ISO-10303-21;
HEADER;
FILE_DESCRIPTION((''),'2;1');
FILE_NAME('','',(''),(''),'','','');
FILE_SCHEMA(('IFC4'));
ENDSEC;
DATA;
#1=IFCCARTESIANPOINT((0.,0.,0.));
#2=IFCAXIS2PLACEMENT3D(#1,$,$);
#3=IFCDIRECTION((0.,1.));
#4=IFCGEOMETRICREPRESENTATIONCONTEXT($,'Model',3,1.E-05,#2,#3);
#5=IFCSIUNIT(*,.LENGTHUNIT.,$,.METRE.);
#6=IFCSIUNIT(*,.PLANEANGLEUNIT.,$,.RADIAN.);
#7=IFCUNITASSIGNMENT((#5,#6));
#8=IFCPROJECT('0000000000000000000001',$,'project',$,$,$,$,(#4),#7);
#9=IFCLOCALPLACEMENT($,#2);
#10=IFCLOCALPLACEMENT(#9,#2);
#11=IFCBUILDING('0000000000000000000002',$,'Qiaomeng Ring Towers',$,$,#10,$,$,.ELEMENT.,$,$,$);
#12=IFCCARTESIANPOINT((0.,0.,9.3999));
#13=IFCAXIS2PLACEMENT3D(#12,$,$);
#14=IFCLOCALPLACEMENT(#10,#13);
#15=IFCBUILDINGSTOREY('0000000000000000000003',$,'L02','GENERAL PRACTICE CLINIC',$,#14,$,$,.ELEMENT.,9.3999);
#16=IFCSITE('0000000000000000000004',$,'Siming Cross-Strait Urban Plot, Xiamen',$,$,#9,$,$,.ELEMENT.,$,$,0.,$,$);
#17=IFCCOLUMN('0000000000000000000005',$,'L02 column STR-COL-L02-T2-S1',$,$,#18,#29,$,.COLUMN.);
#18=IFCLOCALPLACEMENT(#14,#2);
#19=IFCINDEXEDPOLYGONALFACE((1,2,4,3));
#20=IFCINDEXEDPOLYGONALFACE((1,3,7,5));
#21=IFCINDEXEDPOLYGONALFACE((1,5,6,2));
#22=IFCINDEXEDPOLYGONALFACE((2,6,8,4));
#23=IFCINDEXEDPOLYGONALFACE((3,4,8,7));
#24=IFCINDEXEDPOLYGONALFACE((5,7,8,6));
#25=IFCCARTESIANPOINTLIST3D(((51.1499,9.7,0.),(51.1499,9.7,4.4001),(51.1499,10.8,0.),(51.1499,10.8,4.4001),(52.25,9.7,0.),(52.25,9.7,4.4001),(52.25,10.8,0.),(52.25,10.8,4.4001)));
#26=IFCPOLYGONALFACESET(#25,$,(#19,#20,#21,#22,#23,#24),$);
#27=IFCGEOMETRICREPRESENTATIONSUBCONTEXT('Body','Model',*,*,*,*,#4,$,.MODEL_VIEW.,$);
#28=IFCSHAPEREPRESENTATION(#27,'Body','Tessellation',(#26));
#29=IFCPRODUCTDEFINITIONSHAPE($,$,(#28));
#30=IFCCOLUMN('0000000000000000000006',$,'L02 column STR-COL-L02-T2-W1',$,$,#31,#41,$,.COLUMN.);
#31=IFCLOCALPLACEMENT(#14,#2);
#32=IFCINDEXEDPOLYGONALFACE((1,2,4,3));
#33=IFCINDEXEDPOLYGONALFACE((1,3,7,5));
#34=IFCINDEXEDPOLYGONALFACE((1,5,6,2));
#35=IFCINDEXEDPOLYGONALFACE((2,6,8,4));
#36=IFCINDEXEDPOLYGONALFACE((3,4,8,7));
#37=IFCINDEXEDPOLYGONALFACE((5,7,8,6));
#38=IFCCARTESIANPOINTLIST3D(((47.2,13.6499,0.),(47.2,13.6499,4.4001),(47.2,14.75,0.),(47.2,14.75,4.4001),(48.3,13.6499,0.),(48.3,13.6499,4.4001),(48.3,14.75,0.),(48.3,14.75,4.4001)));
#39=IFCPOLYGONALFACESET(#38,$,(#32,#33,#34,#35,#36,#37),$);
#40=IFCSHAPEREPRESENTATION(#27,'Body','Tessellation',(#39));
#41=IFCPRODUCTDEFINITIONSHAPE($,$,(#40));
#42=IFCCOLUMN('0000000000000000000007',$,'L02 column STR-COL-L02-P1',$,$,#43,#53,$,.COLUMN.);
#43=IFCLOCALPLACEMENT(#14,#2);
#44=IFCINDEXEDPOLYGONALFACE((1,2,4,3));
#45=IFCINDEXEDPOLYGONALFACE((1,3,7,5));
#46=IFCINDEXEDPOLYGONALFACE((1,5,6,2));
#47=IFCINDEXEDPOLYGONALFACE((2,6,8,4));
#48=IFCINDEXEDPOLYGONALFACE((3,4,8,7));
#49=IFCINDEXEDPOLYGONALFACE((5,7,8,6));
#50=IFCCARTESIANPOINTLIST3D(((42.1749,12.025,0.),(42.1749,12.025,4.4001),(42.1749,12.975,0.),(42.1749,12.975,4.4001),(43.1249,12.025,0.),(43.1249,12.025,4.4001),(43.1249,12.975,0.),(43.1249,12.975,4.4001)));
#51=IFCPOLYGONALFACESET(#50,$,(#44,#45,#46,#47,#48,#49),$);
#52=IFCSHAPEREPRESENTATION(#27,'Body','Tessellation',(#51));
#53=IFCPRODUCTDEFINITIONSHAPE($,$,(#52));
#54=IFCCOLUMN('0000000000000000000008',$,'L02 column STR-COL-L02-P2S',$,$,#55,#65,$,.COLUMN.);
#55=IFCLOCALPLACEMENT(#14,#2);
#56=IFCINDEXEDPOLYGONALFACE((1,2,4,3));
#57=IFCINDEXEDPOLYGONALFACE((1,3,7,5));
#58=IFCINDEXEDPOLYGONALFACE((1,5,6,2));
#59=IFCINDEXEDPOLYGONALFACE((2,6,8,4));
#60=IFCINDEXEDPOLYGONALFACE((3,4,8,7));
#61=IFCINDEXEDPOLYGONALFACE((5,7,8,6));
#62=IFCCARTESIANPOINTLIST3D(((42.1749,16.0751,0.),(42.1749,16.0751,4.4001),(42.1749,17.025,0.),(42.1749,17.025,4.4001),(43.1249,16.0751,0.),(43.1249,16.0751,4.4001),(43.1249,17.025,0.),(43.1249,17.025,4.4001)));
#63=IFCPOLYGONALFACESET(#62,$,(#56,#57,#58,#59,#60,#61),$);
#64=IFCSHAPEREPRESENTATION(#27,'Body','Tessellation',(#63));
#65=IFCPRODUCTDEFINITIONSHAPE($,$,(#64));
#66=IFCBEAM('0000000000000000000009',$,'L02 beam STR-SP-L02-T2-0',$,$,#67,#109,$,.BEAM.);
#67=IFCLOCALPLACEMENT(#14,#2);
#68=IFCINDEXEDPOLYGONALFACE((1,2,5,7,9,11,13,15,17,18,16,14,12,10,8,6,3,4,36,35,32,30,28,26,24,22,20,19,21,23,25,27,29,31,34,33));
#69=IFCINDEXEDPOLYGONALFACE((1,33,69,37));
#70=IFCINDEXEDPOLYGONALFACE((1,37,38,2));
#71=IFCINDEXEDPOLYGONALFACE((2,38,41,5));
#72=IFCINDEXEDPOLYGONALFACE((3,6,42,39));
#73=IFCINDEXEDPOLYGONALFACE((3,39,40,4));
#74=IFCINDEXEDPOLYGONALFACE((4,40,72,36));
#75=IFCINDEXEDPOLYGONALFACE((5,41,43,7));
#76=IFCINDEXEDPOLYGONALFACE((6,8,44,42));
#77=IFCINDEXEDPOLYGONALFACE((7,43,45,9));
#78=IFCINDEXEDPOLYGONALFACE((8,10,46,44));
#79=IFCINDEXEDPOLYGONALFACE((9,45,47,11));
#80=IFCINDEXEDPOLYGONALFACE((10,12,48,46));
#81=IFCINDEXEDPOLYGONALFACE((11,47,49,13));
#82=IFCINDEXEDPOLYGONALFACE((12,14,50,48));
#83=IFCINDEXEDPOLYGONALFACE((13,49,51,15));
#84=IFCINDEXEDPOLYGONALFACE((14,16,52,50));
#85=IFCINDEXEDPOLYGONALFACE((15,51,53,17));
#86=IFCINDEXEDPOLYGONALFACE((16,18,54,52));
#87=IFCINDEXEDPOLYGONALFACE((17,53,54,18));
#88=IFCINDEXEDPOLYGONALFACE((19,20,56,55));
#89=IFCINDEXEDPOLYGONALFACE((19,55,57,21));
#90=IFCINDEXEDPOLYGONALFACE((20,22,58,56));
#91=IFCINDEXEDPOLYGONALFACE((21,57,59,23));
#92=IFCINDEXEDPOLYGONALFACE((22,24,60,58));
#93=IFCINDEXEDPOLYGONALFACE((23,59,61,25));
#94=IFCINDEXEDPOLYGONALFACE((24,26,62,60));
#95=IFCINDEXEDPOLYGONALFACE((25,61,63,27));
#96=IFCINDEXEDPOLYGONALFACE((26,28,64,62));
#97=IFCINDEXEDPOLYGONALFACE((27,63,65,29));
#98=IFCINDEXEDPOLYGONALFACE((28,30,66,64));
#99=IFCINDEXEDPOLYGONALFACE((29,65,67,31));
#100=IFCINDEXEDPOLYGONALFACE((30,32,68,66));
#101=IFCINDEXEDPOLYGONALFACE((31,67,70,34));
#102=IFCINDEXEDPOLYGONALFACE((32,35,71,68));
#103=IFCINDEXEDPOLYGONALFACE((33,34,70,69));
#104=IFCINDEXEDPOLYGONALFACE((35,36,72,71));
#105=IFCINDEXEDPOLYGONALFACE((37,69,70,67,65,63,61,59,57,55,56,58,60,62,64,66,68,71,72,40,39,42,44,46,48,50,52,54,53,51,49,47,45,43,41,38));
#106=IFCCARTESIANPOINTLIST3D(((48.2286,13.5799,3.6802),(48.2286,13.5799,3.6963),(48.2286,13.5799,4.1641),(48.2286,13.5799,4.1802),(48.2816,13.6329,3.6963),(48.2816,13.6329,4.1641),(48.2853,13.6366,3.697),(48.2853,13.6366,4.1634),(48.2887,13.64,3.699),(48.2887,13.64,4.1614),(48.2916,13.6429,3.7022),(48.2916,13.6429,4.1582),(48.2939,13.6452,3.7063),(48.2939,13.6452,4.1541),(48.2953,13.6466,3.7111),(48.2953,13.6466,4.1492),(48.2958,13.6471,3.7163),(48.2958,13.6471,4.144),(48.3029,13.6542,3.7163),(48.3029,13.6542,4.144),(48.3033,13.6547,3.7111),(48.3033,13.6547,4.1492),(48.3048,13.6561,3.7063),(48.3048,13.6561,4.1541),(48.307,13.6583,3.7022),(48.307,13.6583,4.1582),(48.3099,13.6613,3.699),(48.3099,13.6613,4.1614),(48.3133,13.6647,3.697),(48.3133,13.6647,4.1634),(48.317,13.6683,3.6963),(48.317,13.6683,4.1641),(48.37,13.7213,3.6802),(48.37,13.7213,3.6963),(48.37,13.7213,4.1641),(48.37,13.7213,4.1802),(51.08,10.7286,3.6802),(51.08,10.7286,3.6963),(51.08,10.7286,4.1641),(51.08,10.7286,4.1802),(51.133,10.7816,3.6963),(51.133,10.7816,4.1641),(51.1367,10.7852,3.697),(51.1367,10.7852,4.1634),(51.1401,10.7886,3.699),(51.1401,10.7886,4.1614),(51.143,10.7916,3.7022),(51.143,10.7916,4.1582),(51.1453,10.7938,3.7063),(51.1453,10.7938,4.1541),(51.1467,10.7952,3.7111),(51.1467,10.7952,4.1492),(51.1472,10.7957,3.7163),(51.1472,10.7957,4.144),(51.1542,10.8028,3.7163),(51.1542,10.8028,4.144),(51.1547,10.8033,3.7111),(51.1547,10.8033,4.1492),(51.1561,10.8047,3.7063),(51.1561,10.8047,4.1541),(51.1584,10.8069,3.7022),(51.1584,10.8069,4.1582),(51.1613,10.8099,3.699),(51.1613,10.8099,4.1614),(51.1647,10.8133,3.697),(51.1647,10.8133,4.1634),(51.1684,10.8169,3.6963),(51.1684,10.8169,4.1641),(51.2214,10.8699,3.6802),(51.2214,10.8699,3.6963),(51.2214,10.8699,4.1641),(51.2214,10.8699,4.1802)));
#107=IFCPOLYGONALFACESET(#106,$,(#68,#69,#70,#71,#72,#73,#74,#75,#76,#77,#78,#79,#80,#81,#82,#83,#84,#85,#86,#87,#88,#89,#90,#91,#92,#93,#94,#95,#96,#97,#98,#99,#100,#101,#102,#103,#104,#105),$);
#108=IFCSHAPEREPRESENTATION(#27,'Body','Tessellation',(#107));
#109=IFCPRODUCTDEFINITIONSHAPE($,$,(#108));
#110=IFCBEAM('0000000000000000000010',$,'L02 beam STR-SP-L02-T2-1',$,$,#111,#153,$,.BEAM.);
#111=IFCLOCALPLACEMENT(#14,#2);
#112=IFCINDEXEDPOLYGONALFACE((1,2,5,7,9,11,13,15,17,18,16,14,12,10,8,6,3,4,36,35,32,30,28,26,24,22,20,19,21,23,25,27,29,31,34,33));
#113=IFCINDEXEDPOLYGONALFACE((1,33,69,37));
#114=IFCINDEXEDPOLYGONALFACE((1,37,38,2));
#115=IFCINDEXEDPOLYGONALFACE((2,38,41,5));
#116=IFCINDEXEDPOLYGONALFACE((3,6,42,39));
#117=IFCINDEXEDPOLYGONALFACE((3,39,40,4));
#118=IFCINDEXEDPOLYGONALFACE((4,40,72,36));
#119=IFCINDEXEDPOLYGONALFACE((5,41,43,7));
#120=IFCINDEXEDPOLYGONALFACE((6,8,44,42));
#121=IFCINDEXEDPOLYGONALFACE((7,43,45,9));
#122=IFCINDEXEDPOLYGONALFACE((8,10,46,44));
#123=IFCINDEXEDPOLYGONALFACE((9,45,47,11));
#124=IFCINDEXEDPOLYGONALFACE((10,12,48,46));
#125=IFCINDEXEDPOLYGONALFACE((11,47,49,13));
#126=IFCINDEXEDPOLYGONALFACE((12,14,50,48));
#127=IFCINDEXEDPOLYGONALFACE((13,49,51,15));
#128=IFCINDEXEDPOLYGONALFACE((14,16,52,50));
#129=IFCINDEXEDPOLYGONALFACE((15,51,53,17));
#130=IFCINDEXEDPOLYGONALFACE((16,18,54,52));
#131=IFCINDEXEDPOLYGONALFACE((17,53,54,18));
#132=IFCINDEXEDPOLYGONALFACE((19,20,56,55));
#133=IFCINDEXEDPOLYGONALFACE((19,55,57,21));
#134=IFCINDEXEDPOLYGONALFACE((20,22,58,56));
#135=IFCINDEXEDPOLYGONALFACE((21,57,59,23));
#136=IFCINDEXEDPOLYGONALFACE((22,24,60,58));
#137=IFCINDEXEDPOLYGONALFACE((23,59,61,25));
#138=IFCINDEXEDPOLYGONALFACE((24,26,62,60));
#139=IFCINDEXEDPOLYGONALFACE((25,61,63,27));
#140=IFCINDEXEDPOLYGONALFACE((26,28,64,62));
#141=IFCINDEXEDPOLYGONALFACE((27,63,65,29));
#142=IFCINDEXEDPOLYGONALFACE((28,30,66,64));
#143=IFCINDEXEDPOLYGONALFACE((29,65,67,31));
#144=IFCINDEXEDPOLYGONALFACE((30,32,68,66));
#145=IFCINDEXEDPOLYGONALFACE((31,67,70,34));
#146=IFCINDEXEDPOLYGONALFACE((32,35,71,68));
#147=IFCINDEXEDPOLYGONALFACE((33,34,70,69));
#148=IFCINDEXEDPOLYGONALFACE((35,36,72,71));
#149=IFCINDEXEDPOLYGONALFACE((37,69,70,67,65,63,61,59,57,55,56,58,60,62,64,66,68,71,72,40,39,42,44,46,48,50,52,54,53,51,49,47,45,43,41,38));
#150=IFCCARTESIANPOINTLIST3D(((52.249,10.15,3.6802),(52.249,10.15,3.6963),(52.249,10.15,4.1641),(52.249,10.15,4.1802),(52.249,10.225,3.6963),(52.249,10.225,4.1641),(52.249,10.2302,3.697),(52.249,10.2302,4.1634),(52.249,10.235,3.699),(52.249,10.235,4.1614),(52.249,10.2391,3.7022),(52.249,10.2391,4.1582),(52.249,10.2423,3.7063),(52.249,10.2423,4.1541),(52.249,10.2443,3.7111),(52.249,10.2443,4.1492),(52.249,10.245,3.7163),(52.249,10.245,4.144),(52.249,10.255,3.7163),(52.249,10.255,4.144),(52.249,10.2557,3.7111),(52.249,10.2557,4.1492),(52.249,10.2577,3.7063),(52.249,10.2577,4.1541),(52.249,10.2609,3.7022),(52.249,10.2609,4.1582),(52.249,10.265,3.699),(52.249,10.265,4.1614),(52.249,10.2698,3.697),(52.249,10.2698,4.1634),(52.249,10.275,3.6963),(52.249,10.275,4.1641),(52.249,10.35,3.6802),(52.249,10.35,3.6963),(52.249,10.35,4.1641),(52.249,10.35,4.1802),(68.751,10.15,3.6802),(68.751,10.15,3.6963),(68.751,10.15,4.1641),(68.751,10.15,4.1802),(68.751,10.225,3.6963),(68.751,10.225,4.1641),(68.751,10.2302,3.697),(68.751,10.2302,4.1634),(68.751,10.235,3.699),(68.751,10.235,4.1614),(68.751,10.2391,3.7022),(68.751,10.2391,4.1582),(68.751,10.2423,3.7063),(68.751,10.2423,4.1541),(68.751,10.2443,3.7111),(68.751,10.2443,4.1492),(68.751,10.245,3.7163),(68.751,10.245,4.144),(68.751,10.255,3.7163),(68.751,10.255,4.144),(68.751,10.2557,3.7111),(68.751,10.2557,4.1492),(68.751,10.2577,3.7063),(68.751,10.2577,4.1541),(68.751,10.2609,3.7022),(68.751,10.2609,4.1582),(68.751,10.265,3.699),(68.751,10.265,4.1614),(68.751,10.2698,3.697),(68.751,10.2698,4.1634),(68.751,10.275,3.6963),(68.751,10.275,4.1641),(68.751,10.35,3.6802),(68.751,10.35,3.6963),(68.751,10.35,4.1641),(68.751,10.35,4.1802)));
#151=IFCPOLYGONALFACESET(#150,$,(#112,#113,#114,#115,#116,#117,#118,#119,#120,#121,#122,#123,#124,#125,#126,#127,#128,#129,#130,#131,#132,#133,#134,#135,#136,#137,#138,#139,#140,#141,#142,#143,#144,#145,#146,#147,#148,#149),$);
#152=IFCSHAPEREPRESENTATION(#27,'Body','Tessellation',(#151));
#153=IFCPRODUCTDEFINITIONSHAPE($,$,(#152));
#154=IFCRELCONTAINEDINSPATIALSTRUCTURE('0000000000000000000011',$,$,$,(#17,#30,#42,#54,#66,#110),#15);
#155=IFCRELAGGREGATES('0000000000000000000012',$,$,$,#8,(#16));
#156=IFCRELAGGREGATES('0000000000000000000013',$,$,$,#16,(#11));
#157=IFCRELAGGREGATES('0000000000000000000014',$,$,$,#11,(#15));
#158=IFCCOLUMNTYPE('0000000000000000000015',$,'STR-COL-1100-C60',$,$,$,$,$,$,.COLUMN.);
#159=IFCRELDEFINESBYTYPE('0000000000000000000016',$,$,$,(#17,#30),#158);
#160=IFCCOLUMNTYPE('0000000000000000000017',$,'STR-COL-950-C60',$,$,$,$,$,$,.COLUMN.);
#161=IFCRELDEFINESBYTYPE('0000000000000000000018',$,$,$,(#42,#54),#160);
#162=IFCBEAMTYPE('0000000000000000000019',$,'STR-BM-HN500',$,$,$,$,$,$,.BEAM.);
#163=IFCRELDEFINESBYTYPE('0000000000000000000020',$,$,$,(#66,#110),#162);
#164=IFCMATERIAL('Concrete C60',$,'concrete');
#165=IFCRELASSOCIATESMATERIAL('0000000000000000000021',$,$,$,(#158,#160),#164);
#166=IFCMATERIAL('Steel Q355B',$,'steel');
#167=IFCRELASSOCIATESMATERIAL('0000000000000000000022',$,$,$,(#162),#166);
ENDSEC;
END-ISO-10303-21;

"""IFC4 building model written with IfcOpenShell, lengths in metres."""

from ifc_helpers import new_model, si_unit, direction, frame, origin, origin_2d, place, context, subcontext, project, spatial, rectangle, i_section, extrude, source, transform, mapped, material, material_profile, profile_set, type_object, element, save


model = new_model("IFC4")

# Units and contexts
model_context = context("Model", 3, precision=1e-05, world=origin(), true_north=direction((0.0, 1.0)))
body_context = subcontext(model_context, "Body", "Model", "MODEL_VIEW")
ifc_project = project(units=[si_unit("LENGTHUNIT", "METRE"), si_unit("PLANEANGLEUNIT", "RADIAN")], contexts=[model_context])

# Site, building, storey
site_placement = place(None, origin())
site = spatial("IfcSite", under=ifc_project, at=site_placement, Name="Siming Cross-Strait Urban Plot, Xiamen", CompositionType="ELEMENT", RefElevation=0.0)
building_placement = place(site_placement, origin())
building = spatial("IfcBuilding", under=site, at=building_placement, Name="Qiaomeng Ring Towers", CompositionType="ELEMENT")
storey_placement = place(building_placement, frame((0.0, 0.0, 9.3999)))
storey = spatial("IfcBuildingStorey", under=building, at=storey_placement, Name="L02", Description="GENERAL PRACTICE CLINIC", CompositionType="ELEMENT", Elevation=9.3999)

# Columns
ifc_material_1 = material(Name="Concrete C60", Category="concrete")
ifc_material_profile_1 = material_profile(ifc_material_1, rectangle(XDim=1.1001, YDim=1.1001, at=origin_2d()), Name="RC COL 1100x1100")
ifc_profile_set_1 = profile_set([ifc_material_profile_1], Name="Concrete C60")
column_type_1 = type_object("IfcColumnType", Name="STR-COL-1100-C60", PredefinedType="COLUMN", material=ifc_profile_set_1)
shared_shape_1 = source(origin(), body_context, "Body", "SweptSolid", [
    extrude(rectangle(XDim=1.1001, YDim=1.1001, at=origin_2d()), origin(), (0.0, 0.0, 1.0), 4.4001),
])
for number, where, z_axis, x_axis, name in (
    (1, (51.7, 10.25, 0.0), (0.0, 0.0, 1.0), (1.0, 0.0, 0.0), "L02 column STR-COL-L02-T2-S1"),
    (2, (47.75, 14.2, 0.0), (0.0, 0.0, 1.0), (1.0, 0.0, 0.0), "L02 column STR-COL-L02-T2-W1"),
):
    element("IfcColumn", number, at=place(storey_placement, frame(where, z_axis=z_axis, x_axis=x_axis)), inside=storey, type_object=column_type_1, Name=name, PredefinedType="COLUMN", context=body_context, shape_type="MappedRepresentation", body=[
        mapped(shared_shape_1, transform((0.0, 0.0, 0.0), x_axis=(1.0, 0.0, 0.0), y_axis=(0.0, 1.0, 0.0), z_axis=(0.0, 0.0, 1.0), scale=1.0)),
    ])
ifc_material_profile_2 = material_profile(ifc_material_1, rectangle(XDim=0.95, YDim=0.95, at=origin_2d()), Name="RC COL 950x950")
ifc_profile_set_2 = profile_set([ifc_material_profile_2], Name="Concrete C60")
column_type_2 = type_object("IfcColumnType", Name="STR-COL-950-C60", PredefinedType="COLUMN", material=ifc_profile_set_2)
shared_shape_2 = source(origin(), body_context, "Body", "SweptSolid", [
    extrude(rectangle(XDim=0.95, YDim=0.95, at=origin_2d()), origin(), (0.0, 0.0, 1.0), 4.4001),
])
for number, where, z_axis, x_axis, name in (
    (3, (42.6499, 12.5, 0.0), (0.0, 0.0, 1.0), (1.0, 0.0, 0.0), "L02 column STR-COL-L02-P1"),
    (4, (42.6499, 16.55, 0.0), (0.0, 0.0, 1.0), (1.0, 0.0, 0.0), "L02 column STR-COL-L02-P2S"),
):
    element("IfcColumn", number, at=place(storey_placement, frame(where, z_axis=z_axis, x_axis=x_axis)), inside=storey, type_object=column_type_2, Name=name, PredefinedType="COLUMN", context=body_context, shape_type="MappedRepresentation", body=[
        mapped(shared_shape_2, transform((0.0, 0.0, 0.0), x_axis=(1.0, 0.0, 0.0), y_axis=(0.0, 1.0, 0.0), z_axis=(0.0, 0.0, 1.0), scale=1.0)),
    ])

# Beams
ifc_material_2 = material(Name="Steel Q355B", Category="steel")
ifc_material_profile_3 = material_profile(ifc_material_2, i_section(OverallWidth=0.2, OverallDepth=0.5, WebThickness=0.01, FlangeThickness=0.0161, FilletRadius=0.02, at=origin_2d()), Name="HN 500x200x10x16")
ifc_profile_set_3 = profile_set([ifc_material_profile_3], Name="Steel Q355B")
beam_type_1 = type_object("IfcBeamType", Name="STR-BM-HN500", PredefinedType="BEAM", material=ifc_profile_set_3)
shared_shape_3 = source(origin(), body_context, "Body", "SweptSolid", [
    extrude(i_section(OverallWidth=0.2, OverallDepth=0.5, WebThickness=0.01, FlangeThickness=0.0161, FilletRadius=0.02, at=origin_2d()), origin(), (0.0, 0.0, 1.0), 4.0325),
])
beam_1_placement = place(storey_placement, frame((48.2993, 13.6506, 3.9302), z_axis=(0.707107, -0.707107, 0.0), x_axis=(0.707107, 0.707107, 0.0)))
element("IfcBeam", 5, at=beam_1_placement, inside=storey, type_object=beam_type_1, Name="L02 beam STR-SP-L02-T2-0", PredefinedType="BEAM", context=body_context, shape_type="MappedRepresentation", body=[
    mapped(shared_shape_3, transform((0.0, 0.0, 0.0), x_axis=(1.0, 0.0, 0.0), y_axis=(0.0, 1.0, 0.0), z_axis=(0.0, 0.0, 1.0), scale=1.0)),
])
shared_shape_4 = source(origin(), body_context, "Body", "SweptSolid", [
    extrude(i_section(OverallWidth=0.2, OverallDepth=0.5, WebThickness=0.01, FlangeThickness=0.0161, FilletRadius=0.02, at=origin_2d()), origin(), (0.0, 0.0, 1.0), 16.502),
])
for number, where, z_axis, x_axis, name in (
    (6, (52.249, 10.25, 3.9302), (1.0, 0.0, 0.0), (0.0, 1.0, 0.0), "L02 beam STR-SP-L02-T2-1"),
):
    element("IfcBeam", number, at=place(storey_placement, frame(where, z_axis=z_axis, x_axis=x_axis)), inside=storey, type_object=beam_type_1, Name=name, PredefinedType="BEAM", context=body_context, shape_type="MappedRepresentation", body=[
        mapped(shared_shape_4, transform((0.0, 0.0, 0.0), x_axis=(1.0, 0.0, 0.0), y_axis=(0.0, 1.0, 0.0), z_axis=(0.0, 0.0, 1.0), scale=1.0)),
    ])

save(model, "model.ifc")
